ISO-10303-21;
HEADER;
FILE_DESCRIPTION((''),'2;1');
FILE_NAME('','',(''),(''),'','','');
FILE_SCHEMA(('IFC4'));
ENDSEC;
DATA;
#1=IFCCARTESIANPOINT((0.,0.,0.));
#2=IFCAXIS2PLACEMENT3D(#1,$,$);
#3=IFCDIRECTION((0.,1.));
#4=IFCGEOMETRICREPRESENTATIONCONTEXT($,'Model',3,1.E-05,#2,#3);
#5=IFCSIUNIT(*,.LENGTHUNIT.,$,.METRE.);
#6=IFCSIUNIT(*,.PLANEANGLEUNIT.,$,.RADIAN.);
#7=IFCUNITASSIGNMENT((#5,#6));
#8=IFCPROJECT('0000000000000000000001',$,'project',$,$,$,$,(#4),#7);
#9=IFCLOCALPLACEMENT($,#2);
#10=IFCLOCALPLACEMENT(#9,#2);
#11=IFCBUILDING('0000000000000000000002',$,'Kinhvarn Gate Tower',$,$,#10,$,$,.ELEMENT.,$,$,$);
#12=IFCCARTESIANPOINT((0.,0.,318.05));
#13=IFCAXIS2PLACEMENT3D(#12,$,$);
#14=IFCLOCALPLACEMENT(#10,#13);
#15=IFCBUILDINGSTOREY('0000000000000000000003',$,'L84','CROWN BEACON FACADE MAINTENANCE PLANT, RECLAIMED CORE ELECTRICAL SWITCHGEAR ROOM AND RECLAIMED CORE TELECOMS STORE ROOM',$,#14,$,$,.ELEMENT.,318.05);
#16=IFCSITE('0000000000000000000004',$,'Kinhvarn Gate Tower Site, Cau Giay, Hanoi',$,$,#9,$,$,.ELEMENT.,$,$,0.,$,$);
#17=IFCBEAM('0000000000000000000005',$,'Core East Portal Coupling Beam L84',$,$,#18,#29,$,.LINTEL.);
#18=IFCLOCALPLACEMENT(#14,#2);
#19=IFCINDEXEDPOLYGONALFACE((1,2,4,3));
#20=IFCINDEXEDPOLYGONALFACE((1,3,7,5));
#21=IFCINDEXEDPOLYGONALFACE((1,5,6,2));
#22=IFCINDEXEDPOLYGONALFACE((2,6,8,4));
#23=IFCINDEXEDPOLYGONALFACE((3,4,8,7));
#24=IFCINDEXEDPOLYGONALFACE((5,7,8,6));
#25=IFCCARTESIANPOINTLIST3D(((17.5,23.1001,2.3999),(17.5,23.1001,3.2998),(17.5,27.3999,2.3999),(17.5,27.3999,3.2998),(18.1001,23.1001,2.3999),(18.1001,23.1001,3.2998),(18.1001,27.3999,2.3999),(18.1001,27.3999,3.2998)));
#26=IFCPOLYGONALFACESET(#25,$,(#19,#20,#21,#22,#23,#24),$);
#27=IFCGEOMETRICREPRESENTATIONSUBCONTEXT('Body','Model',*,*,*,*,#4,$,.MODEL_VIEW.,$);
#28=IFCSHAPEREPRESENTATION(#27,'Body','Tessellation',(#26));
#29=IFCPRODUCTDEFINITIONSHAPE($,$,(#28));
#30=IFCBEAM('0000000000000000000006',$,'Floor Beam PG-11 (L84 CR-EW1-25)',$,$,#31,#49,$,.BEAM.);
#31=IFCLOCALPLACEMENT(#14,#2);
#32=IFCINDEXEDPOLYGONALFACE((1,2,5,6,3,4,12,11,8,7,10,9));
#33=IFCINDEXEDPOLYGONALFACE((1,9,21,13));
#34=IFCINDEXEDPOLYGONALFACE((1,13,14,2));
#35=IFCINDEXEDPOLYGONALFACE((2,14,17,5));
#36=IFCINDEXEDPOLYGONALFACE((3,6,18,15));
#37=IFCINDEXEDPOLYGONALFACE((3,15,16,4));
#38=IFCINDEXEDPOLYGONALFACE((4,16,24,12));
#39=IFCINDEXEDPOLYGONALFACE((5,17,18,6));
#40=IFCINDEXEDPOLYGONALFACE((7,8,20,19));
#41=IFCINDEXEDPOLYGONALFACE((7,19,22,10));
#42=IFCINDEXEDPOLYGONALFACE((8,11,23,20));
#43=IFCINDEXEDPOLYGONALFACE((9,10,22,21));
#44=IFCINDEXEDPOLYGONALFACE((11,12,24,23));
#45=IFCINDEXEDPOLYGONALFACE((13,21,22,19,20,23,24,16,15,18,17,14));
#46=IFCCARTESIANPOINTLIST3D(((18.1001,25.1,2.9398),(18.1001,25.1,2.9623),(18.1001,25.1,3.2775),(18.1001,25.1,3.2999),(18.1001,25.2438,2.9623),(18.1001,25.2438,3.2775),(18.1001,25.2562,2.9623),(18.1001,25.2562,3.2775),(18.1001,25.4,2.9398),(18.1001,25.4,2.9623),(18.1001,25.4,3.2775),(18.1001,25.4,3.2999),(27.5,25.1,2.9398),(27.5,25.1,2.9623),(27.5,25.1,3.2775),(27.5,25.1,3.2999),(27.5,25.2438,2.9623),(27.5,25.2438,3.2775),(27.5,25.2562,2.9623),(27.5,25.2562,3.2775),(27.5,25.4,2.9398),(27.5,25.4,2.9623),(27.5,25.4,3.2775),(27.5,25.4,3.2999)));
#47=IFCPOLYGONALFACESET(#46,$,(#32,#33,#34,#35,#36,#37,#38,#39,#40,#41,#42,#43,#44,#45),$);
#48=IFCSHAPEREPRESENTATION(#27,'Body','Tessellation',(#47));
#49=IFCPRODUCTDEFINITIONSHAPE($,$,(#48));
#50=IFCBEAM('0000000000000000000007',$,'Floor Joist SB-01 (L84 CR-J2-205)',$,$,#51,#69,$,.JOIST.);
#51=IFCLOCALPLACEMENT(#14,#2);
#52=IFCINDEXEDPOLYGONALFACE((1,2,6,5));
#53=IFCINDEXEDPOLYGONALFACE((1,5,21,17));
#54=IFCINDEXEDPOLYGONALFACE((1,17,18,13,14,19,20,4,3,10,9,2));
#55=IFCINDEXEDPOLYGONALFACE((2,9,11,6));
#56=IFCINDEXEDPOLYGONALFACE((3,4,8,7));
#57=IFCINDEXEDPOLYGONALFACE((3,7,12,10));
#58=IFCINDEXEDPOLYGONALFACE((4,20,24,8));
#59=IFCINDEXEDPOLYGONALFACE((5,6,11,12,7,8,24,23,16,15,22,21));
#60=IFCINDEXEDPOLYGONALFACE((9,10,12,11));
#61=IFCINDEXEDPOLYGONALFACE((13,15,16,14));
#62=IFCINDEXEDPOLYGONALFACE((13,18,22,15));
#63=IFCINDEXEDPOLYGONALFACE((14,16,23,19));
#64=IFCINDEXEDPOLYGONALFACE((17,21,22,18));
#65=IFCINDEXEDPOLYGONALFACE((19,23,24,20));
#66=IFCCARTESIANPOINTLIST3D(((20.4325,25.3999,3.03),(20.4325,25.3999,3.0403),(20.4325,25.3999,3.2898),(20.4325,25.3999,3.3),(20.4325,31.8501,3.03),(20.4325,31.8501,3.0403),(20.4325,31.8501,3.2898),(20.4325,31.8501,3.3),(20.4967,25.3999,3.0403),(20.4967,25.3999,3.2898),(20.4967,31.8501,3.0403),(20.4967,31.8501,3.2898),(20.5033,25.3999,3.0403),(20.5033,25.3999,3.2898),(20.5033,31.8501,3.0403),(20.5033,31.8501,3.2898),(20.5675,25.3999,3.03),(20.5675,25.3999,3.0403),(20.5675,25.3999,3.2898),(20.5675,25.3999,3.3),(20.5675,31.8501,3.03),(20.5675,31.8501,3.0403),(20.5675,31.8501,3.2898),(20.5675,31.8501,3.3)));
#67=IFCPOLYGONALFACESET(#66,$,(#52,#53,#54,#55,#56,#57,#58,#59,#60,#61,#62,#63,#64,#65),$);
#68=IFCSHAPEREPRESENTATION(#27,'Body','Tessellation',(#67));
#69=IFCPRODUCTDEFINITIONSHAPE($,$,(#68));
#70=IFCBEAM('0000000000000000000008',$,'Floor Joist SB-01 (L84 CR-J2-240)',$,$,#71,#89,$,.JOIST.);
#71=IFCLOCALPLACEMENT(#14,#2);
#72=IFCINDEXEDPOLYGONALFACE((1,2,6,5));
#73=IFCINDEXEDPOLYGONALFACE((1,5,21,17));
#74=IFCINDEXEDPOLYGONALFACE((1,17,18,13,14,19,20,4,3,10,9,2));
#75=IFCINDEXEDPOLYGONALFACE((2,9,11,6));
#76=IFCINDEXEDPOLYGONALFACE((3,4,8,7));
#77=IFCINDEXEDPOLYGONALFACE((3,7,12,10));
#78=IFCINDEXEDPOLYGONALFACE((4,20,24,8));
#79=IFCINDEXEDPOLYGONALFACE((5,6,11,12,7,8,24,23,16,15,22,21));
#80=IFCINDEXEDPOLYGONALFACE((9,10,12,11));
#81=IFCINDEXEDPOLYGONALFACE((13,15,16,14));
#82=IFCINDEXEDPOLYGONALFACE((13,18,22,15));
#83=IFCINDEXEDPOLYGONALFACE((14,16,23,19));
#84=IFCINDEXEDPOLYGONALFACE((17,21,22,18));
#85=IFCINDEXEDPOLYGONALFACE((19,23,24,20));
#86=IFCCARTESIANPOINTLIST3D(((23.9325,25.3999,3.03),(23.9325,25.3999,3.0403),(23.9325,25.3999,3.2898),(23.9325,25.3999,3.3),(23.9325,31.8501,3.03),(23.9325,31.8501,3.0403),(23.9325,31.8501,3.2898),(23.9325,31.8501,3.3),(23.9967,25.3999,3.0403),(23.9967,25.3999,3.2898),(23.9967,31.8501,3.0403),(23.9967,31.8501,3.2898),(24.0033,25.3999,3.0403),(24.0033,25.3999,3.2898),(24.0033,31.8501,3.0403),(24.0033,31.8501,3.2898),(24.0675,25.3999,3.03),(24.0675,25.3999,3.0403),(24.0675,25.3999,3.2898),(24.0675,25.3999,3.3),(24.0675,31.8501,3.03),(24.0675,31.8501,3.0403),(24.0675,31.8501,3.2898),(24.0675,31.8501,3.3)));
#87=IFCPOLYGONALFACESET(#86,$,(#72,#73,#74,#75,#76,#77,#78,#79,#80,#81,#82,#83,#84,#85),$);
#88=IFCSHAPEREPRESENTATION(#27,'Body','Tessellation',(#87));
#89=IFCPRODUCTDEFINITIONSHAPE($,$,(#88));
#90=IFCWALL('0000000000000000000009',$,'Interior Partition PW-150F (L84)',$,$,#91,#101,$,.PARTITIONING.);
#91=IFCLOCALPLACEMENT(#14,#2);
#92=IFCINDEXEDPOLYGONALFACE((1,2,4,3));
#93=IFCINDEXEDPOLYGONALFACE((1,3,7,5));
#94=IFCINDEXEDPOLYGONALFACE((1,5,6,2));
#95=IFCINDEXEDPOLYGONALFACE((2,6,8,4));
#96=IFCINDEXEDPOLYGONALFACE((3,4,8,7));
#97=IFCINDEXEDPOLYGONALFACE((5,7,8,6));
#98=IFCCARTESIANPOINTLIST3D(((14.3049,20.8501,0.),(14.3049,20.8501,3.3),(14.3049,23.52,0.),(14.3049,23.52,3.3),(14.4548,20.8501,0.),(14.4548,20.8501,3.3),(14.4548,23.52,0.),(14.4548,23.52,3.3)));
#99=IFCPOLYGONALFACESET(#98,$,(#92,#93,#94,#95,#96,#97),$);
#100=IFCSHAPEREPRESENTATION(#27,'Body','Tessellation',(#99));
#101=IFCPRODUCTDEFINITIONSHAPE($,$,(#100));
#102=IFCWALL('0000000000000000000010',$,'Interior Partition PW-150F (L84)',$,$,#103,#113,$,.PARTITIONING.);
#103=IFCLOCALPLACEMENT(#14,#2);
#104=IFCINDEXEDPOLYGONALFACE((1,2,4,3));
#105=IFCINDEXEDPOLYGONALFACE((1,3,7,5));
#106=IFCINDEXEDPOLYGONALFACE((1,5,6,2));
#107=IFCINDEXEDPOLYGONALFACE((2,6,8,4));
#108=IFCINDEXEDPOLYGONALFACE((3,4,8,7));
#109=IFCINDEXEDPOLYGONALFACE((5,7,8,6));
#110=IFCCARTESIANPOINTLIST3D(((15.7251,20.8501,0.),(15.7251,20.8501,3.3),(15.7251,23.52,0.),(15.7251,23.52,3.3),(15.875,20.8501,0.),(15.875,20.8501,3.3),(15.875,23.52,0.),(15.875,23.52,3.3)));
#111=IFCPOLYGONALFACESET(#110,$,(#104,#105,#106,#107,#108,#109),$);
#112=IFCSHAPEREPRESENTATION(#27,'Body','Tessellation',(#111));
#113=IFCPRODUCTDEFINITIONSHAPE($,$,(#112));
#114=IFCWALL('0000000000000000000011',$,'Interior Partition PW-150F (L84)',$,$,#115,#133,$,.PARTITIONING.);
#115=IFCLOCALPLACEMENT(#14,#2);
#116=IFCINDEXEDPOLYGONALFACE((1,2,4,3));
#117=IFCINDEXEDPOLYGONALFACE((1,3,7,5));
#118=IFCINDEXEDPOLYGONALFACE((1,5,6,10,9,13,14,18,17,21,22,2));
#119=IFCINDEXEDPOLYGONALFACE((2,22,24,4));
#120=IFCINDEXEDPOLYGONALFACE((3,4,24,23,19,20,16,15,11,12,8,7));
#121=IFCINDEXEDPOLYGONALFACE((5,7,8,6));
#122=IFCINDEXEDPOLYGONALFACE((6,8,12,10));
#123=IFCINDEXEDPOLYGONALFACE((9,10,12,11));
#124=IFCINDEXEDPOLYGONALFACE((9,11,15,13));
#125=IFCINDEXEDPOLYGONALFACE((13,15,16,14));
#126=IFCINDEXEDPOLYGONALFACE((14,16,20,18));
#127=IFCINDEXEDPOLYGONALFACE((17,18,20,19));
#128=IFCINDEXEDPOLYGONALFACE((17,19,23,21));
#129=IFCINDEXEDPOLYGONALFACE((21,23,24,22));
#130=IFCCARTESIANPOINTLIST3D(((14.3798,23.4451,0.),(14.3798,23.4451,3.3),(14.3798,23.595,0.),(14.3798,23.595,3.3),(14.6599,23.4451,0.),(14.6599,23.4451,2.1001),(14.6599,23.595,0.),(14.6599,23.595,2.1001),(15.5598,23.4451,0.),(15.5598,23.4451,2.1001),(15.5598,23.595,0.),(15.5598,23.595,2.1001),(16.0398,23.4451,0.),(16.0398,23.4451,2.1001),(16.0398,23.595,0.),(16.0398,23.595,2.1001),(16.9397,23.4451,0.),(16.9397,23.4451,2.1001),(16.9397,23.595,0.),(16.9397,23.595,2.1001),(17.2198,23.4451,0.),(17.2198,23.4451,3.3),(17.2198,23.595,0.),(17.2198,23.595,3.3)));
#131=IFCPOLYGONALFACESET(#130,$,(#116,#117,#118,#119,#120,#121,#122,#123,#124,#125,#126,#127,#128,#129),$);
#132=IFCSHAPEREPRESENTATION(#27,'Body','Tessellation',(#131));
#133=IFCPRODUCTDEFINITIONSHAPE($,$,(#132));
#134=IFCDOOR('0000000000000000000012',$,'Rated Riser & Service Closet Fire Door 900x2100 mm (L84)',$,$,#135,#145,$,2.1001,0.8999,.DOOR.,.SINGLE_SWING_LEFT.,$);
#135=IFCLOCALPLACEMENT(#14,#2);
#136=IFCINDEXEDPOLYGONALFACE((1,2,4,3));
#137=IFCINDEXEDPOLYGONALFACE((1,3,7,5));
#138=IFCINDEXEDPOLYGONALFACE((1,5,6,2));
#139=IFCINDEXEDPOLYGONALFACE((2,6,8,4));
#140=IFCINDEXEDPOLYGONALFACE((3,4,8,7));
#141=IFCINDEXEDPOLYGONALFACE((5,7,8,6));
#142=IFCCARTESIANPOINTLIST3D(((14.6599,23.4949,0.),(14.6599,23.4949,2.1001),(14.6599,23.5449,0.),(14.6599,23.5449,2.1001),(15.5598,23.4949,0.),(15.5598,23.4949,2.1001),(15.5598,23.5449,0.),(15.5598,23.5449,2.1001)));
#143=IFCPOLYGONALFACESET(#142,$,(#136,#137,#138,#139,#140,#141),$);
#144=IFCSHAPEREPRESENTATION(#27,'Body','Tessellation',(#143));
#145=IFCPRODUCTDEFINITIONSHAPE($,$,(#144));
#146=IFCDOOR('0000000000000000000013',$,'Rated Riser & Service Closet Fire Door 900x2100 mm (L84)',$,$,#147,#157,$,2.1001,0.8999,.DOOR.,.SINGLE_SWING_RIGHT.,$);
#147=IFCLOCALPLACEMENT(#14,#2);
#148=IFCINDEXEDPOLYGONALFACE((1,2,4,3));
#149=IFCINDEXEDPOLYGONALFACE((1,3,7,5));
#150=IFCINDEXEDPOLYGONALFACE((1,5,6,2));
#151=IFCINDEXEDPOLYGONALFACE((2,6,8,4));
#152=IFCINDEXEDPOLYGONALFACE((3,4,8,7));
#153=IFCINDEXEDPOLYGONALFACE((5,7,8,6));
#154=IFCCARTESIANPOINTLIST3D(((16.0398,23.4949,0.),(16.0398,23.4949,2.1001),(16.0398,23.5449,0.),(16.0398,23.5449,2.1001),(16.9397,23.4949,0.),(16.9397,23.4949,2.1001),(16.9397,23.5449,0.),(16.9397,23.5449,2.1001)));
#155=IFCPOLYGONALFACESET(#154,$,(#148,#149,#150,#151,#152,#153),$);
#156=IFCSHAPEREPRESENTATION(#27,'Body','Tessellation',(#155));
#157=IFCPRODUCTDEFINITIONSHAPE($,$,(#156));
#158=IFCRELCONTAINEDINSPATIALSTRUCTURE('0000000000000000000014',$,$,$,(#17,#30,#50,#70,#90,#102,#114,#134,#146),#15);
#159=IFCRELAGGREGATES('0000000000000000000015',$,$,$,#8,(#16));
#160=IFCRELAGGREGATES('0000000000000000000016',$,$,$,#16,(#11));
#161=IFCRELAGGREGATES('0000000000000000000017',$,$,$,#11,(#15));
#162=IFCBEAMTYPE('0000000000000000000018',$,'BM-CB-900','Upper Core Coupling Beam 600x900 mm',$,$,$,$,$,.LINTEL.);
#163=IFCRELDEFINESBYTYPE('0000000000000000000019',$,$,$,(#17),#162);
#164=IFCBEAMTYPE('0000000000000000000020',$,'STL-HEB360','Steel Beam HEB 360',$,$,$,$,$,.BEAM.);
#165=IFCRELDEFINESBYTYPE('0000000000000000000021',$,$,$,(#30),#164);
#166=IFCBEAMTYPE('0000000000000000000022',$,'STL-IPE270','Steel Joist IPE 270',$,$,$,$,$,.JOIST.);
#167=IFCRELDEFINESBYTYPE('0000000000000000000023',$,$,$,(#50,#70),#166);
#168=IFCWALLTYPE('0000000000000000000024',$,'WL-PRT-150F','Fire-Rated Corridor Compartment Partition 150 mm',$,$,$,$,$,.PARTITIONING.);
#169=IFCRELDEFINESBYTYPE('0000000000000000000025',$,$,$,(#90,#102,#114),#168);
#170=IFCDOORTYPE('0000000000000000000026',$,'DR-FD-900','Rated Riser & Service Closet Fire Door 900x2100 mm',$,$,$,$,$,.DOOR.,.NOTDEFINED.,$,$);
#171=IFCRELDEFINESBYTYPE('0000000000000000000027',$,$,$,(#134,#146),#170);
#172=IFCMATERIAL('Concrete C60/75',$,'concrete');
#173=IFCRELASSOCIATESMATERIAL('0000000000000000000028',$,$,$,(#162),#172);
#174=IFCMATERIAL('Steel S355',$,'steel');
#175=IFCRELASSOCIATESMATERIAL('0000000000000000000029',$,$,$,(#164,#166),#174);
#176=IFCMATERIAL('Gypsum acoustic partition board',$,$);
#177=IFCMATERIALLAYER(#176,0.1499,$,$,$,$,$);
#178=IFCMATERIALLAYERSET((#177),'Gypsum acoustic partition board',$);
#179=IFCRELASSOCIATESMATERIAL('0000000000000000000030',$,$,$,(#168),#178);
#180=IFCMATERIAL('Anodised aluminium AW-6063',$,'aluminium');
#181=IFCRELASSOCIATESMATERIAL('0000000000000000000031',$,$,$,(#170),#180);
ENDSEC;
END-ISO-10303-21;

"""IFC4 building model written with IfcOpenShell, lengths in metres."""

from ifc_helpers import new_model, si_unit, direction, frame, frame_2d, origin, origin_2d, place, context, subcontext, project, spatial, rectangle, i_section, extrude, material, layer, layer_set, material_profile, profile_set, type_object, element, fill, save


model = new_model("IFC4")

# Units and contexts
model_context = context("Model", 3, precision=1e-05, world=origin(), true_north=direction((0.0, 1.0)))
body_context = subcontext(model_context, "Body", "Model", "MODEL_VIEW")
ifc_project = project(units=[si_unit("LENGTHUNIT", "METRE"), si_unit("PLANEANGLEUNIT", "RADIAN")], contexts=[model_context])

# Site, building, storey
site_placement = place(None, origin())
site = spatial("IfcSite", under=ifc_project, at=site_placement, Name="Kinhvarn Gate Tower Site, Cau Giay, Hanoi", CompositionType="ELEMENT", RefElevation=0.0)
building_placement = place(site_placement, origin())
building = spatial("IfcBuilding", under=site, at=building_placement, Name="Kinhvarn Gate Tower", CompositionType="ELEMENT")
storey_placement = place(building_placement, frame((0.0, 0.0, 318.05)))
storey = spatial("IfcBuildingStorey", under=building, at=storey_placement, Name="L84", Description="CROWN BEACON FACADE MAINTENANCE PLANT, RECLAIMED CORE ELECTRICAL SWITCHGEAR ROOM AND RECLAIMED CORE TELECOMS STORE ROOM", CompositionType="ELEMENT", Elevation=318.05)

# Beams
ifc_material_1 = material(Name="Concrete C60/75", Category="concrete")
ifc_material_profile_1 = material_profile(ifc_material_1, rectangle(XDim=0.6001, YDim=0.8999, at=origin_2d()), Name="RC 600x900")
ifc_profile_set_1 = profile_set([ifc_material_profile_1], Name="Concrete C60/75")
beam_type_1 = type_object("IfcBeamType", Name="BM-CB-900", Description="Upper Core Coupling Beam 600x900 mm", PredefinedType="LINTEL", material=ifc_profile_set_1)
beam_1_placement = place(storey_placement, frame((17.8, 23.1001, 2.8499), z_axis=(0.0, 1.0, 0.0), x_axis=(-1.0, 0.0, 0.0)))
element("IfcBeam", 1, at=beam_1_placement, inside=storey, type_object=beam_type_1, Name="Core East Portal Coupling Beam L84", PredefinedType="LINTEL", context=body_context, shape_type="SweptSolid", body=[
    extrude(rectangle(XDim=0.6001, YDim=0.8999, at=origin_2d()), origin(), (0.0, 0.0, 1.0), 4.2998),
])
ifc_material_2 = material(Name="Steel S355", Category="steel")
ifc_material_profile_2 = material_profile(ifc_material_2, i_section(OverallWidth=0.3, OverallDepth=0.3601, WebThickness=0.0125, FlangeThickness=0.0225, at=origin_2d()), Name="HEB 360")
ifc_profile_set_2 = profile_set([ifc_material_profile_2], Name="Steel S355")
beam_type_2 = type_object("IfcBeamType", Name="STL-HEB360", Description="Steel Beam HEB 360", PredefinedType="BEAM", material=ifc_profile_set_2)
beam_2_placement = place(storey_placement, frame((18.1001, 25.25, 3.1199), z_axis=(1.0, 0.0, 0.0), x_axis=(0.0, 1.0, 0.0)))
element("IfcBeam", 2, at=beam_2_placement, inside=storey, type_object=beam_type_2, Name="Floor Beam PG-11 (L84 CR-EW1-25)", PredefinedType="BEAM", context=body_context, shape_type="SweptSolid", body=[
    extrude(i_section(OverallWidth=0.3, OverallDepth=0.3601, WebThickness=0.0125, FlangeThickness=0.0225, at=origin_2d()), origin(), (0.0, 0.0, 1.0), 9.3999),
])
ifc_material_profile_3 = material_profile(ifc_material_2, i_section(OverallWidth=0.135, OverallDepth=0.27, WebThickness=0.0066, FlangeThickness=0.0103, at=origin_2d()), Name="IPE 270")
ifc_profile_set_3 = profile_set([ifc_material_profile_3], Name="Steel S355")
beam_type_3 = type_object("IfcBeamType", Name="STL-IPE270", Description="Steel Joist IPE 270", PredefinedType="JOIST", material=ifc_profile_set_3)
for number, where, z_axis, x_axis, name in (
    (3, (20.5, 25.3999, 3.165), (0.0, 1.0, 0.0), (-1.0, 0.0, 0.0), "Floor Joist SB-01 (L84 CR-J2-205)"),
    (4, (24.0, 25.3999, 3.165), (0.0, 1.0, 0.0), (-1.0, 0.0, 0.0), "Floor Joist SB-01 (L84 CR-J2-240)"),
):
    element("IfcBeam", number, at=place(storey_placement, frame(where, z_axis=z_axis, x_axis=x_axis)), inside=storey, type_object=beam_type_3, Name=name, PredefinedType="JOIST", context=body_context, shape_type="SweptSolid", body=[
        extrude(i_section(OverallWidth=0.135, OverallDepth=0.27, WebThickness=0.0066, FlangeThickness=0.0103, at=origin_2d()), origin(), (0.0, 0.0, 1.0), 6.4502),
    ])

# Walls
ifc_material_3 = material(Name="Gypsum acoustic partition board")
ifc_layer_1 = layer(ifc_material_3, 0.1499)
ifc_layer_set_1 = layer_set([ifc_layer_1], Name="Gypsum acoustic partition board")
wall_type_1 = type_object("IfcWallType", Name="WL-PRT-150F", Description="Fire-Rated Corridor Compartment Partition 150 mm", PredefinedType="PARTITIONING", material=ifc_layer_set_1)
for number, where, z_axis, x_axis, name in (
    (5, (14.3799, 20.8501, 0.0), (0.0, 0.0, 1.0), (0.0, 1.0, 0.0), "Interior Partition PW-150F (L84)"),
    (6, (15.8, 20.8501, 0.0), (0.0, 0.0, 1.0), (0.0, 1.0, 0.0), "Interior Partition PW-150F (L84)"),
):
    element("IfcWall", number, at=place(storey_placement, frame(where, z_axis=z_axis, x_axis=x_axis)), inside=storey, type_object=wall_type_1, Name=name, PredefinedType="PARTITIONING", context=body_context, shape_type="SweptSolid", body=[
        extrude(rectangle(XDim=2.6699, YDim=0.1499, at=frame_2d((1.335, 0.0))), origin(), (0.0, 0.0, 1.0), 3.3),
    ])

# Wall, openings, doors
wall_1_placement = place(storey_placement, frame((14.3799, 23.52, 0.0), z_axis=(0.0, 0.0, 1.0), x_axis=(1.0, 0.0, 0.0)))
wall_1 = element("IfcWall", 7, at=wall_1_placement, inside=storey, type_object=wall_type_1, Name="Interior Partition PW-150F (L84)", PredefinedType="PARTITIONING", context=body_context, shape_type="SweptSolid", body=[
    extrude(rectangle(XDim=2.8401, YDim=0.1499, at=frame_2d((1.4199, 0.0))), origin(), (0.0, 0.0, 1.0), 3.3),
])
opening_1_placement = place(wall_1_placement, frame((0.28, 0.0, 0.0)))
opening_1 = element("IfcOpeningElement", 8, at=opening_1_placement, cuts=wall_1, PredefinedType="OPENING", context=body_context, shape_type="SweptSolid", body=[
    extrude(rectangle(XDim=0.8999, YDim=2.1001, at=frame_2d((0.45, 1.05))), frame((0.0, 0.085, 0.0), z_axis=(0.0, -1.0, 0.0), x_axis=(1.0, 0.0, 0.0)), (0.0, 0.0, 1.0), 0.1699),
])
opening_2_placement = place(wall_1_placement, frame((1.6599, 0.0, 0.0)))
opening_2 = element("IfcOpeningElement", 9, at=opening_2_placement, cuts=wall_1, PredefinedType="OPENING", context=body_context, shape_type="SweptSolid", body=[
    extrude(rectangle(XDim=0.8999, YDim=2.1001, at=frame_2d((0.45, 1.05))), frame((0.0, 0.085, 0.0), z_axis=(0.0, -1.0, 0.0), x_axis=(1.0, 0.0, 0.0)), (0.0, 0.0, 1.0), 0.1699),
])
ifc_material_4 = material(Name="Anodised aluminium AW-6063", Category="aluminium")
door_type_1 = type_object("IfcDoorType", Name="DR-FD-900", Description="Rated Riser & Service Closet Fire Door 900x2100 mm", OperationType="NOTDEFINED", PredefinedType="DOOR", material=ifc_material_4)
door_1_placement = place(opening_1_placement, origin())
door_1 = element("IfcDoor", 10, at=door_1_placement, inside=storey, type_object=door_type_1, Name="Rated Riser & Service Closet Fire Door 900x2100 mm (L84)", OperationType="SINGLE_SWING_LEFT", OverallHeight=2.1001, OverallWidth=0.8999, PredefinedType="DOOR", context=body_context, shape_type="SweptSolid", body=[
    extrude(rectangle(XDim=0.8999, YDim=2.1001, at=frame_2d((0.45, 1.05))), frame((0.0, 0.0249, 0.0), z_axis=(0.0, -1.0, 0.0), x_axis=(1.0, 0.0, 0.0)), (0.0, 0.0, 1.0), 0.05),
])
fill(opening_1, door_1)
door_2_placement = place(opening_2_placement, origin())
door_2 = element("IfcDoor", 11, at=door_2_placement, inside=storey, type_object=door_type_1, Name="Rated Riser & Service Closet Fire Door 900x2100 mm (L84)", OperationType="SINGLE_SWING_RIGHT", OverallHeight=2.1001, OverallWidth=0.8999, PredefinedType="DOOR", context=body_context, shape_type="SweptSolid", body=[
    extrude(rectangle(XDim=0.8999, YDim=2.1001, at=frame_2d((0.45, 1.05))), frame((0.0, 0.0249, 0.0), z_axis=(0.0, -1.0, 0.0), x_axis=(1.0, 0.0, 0.0)), (0.0, 0.0, 1.0), 0.05),
])
fill(opening_2, door_2)

save(model, "model.ifc")
